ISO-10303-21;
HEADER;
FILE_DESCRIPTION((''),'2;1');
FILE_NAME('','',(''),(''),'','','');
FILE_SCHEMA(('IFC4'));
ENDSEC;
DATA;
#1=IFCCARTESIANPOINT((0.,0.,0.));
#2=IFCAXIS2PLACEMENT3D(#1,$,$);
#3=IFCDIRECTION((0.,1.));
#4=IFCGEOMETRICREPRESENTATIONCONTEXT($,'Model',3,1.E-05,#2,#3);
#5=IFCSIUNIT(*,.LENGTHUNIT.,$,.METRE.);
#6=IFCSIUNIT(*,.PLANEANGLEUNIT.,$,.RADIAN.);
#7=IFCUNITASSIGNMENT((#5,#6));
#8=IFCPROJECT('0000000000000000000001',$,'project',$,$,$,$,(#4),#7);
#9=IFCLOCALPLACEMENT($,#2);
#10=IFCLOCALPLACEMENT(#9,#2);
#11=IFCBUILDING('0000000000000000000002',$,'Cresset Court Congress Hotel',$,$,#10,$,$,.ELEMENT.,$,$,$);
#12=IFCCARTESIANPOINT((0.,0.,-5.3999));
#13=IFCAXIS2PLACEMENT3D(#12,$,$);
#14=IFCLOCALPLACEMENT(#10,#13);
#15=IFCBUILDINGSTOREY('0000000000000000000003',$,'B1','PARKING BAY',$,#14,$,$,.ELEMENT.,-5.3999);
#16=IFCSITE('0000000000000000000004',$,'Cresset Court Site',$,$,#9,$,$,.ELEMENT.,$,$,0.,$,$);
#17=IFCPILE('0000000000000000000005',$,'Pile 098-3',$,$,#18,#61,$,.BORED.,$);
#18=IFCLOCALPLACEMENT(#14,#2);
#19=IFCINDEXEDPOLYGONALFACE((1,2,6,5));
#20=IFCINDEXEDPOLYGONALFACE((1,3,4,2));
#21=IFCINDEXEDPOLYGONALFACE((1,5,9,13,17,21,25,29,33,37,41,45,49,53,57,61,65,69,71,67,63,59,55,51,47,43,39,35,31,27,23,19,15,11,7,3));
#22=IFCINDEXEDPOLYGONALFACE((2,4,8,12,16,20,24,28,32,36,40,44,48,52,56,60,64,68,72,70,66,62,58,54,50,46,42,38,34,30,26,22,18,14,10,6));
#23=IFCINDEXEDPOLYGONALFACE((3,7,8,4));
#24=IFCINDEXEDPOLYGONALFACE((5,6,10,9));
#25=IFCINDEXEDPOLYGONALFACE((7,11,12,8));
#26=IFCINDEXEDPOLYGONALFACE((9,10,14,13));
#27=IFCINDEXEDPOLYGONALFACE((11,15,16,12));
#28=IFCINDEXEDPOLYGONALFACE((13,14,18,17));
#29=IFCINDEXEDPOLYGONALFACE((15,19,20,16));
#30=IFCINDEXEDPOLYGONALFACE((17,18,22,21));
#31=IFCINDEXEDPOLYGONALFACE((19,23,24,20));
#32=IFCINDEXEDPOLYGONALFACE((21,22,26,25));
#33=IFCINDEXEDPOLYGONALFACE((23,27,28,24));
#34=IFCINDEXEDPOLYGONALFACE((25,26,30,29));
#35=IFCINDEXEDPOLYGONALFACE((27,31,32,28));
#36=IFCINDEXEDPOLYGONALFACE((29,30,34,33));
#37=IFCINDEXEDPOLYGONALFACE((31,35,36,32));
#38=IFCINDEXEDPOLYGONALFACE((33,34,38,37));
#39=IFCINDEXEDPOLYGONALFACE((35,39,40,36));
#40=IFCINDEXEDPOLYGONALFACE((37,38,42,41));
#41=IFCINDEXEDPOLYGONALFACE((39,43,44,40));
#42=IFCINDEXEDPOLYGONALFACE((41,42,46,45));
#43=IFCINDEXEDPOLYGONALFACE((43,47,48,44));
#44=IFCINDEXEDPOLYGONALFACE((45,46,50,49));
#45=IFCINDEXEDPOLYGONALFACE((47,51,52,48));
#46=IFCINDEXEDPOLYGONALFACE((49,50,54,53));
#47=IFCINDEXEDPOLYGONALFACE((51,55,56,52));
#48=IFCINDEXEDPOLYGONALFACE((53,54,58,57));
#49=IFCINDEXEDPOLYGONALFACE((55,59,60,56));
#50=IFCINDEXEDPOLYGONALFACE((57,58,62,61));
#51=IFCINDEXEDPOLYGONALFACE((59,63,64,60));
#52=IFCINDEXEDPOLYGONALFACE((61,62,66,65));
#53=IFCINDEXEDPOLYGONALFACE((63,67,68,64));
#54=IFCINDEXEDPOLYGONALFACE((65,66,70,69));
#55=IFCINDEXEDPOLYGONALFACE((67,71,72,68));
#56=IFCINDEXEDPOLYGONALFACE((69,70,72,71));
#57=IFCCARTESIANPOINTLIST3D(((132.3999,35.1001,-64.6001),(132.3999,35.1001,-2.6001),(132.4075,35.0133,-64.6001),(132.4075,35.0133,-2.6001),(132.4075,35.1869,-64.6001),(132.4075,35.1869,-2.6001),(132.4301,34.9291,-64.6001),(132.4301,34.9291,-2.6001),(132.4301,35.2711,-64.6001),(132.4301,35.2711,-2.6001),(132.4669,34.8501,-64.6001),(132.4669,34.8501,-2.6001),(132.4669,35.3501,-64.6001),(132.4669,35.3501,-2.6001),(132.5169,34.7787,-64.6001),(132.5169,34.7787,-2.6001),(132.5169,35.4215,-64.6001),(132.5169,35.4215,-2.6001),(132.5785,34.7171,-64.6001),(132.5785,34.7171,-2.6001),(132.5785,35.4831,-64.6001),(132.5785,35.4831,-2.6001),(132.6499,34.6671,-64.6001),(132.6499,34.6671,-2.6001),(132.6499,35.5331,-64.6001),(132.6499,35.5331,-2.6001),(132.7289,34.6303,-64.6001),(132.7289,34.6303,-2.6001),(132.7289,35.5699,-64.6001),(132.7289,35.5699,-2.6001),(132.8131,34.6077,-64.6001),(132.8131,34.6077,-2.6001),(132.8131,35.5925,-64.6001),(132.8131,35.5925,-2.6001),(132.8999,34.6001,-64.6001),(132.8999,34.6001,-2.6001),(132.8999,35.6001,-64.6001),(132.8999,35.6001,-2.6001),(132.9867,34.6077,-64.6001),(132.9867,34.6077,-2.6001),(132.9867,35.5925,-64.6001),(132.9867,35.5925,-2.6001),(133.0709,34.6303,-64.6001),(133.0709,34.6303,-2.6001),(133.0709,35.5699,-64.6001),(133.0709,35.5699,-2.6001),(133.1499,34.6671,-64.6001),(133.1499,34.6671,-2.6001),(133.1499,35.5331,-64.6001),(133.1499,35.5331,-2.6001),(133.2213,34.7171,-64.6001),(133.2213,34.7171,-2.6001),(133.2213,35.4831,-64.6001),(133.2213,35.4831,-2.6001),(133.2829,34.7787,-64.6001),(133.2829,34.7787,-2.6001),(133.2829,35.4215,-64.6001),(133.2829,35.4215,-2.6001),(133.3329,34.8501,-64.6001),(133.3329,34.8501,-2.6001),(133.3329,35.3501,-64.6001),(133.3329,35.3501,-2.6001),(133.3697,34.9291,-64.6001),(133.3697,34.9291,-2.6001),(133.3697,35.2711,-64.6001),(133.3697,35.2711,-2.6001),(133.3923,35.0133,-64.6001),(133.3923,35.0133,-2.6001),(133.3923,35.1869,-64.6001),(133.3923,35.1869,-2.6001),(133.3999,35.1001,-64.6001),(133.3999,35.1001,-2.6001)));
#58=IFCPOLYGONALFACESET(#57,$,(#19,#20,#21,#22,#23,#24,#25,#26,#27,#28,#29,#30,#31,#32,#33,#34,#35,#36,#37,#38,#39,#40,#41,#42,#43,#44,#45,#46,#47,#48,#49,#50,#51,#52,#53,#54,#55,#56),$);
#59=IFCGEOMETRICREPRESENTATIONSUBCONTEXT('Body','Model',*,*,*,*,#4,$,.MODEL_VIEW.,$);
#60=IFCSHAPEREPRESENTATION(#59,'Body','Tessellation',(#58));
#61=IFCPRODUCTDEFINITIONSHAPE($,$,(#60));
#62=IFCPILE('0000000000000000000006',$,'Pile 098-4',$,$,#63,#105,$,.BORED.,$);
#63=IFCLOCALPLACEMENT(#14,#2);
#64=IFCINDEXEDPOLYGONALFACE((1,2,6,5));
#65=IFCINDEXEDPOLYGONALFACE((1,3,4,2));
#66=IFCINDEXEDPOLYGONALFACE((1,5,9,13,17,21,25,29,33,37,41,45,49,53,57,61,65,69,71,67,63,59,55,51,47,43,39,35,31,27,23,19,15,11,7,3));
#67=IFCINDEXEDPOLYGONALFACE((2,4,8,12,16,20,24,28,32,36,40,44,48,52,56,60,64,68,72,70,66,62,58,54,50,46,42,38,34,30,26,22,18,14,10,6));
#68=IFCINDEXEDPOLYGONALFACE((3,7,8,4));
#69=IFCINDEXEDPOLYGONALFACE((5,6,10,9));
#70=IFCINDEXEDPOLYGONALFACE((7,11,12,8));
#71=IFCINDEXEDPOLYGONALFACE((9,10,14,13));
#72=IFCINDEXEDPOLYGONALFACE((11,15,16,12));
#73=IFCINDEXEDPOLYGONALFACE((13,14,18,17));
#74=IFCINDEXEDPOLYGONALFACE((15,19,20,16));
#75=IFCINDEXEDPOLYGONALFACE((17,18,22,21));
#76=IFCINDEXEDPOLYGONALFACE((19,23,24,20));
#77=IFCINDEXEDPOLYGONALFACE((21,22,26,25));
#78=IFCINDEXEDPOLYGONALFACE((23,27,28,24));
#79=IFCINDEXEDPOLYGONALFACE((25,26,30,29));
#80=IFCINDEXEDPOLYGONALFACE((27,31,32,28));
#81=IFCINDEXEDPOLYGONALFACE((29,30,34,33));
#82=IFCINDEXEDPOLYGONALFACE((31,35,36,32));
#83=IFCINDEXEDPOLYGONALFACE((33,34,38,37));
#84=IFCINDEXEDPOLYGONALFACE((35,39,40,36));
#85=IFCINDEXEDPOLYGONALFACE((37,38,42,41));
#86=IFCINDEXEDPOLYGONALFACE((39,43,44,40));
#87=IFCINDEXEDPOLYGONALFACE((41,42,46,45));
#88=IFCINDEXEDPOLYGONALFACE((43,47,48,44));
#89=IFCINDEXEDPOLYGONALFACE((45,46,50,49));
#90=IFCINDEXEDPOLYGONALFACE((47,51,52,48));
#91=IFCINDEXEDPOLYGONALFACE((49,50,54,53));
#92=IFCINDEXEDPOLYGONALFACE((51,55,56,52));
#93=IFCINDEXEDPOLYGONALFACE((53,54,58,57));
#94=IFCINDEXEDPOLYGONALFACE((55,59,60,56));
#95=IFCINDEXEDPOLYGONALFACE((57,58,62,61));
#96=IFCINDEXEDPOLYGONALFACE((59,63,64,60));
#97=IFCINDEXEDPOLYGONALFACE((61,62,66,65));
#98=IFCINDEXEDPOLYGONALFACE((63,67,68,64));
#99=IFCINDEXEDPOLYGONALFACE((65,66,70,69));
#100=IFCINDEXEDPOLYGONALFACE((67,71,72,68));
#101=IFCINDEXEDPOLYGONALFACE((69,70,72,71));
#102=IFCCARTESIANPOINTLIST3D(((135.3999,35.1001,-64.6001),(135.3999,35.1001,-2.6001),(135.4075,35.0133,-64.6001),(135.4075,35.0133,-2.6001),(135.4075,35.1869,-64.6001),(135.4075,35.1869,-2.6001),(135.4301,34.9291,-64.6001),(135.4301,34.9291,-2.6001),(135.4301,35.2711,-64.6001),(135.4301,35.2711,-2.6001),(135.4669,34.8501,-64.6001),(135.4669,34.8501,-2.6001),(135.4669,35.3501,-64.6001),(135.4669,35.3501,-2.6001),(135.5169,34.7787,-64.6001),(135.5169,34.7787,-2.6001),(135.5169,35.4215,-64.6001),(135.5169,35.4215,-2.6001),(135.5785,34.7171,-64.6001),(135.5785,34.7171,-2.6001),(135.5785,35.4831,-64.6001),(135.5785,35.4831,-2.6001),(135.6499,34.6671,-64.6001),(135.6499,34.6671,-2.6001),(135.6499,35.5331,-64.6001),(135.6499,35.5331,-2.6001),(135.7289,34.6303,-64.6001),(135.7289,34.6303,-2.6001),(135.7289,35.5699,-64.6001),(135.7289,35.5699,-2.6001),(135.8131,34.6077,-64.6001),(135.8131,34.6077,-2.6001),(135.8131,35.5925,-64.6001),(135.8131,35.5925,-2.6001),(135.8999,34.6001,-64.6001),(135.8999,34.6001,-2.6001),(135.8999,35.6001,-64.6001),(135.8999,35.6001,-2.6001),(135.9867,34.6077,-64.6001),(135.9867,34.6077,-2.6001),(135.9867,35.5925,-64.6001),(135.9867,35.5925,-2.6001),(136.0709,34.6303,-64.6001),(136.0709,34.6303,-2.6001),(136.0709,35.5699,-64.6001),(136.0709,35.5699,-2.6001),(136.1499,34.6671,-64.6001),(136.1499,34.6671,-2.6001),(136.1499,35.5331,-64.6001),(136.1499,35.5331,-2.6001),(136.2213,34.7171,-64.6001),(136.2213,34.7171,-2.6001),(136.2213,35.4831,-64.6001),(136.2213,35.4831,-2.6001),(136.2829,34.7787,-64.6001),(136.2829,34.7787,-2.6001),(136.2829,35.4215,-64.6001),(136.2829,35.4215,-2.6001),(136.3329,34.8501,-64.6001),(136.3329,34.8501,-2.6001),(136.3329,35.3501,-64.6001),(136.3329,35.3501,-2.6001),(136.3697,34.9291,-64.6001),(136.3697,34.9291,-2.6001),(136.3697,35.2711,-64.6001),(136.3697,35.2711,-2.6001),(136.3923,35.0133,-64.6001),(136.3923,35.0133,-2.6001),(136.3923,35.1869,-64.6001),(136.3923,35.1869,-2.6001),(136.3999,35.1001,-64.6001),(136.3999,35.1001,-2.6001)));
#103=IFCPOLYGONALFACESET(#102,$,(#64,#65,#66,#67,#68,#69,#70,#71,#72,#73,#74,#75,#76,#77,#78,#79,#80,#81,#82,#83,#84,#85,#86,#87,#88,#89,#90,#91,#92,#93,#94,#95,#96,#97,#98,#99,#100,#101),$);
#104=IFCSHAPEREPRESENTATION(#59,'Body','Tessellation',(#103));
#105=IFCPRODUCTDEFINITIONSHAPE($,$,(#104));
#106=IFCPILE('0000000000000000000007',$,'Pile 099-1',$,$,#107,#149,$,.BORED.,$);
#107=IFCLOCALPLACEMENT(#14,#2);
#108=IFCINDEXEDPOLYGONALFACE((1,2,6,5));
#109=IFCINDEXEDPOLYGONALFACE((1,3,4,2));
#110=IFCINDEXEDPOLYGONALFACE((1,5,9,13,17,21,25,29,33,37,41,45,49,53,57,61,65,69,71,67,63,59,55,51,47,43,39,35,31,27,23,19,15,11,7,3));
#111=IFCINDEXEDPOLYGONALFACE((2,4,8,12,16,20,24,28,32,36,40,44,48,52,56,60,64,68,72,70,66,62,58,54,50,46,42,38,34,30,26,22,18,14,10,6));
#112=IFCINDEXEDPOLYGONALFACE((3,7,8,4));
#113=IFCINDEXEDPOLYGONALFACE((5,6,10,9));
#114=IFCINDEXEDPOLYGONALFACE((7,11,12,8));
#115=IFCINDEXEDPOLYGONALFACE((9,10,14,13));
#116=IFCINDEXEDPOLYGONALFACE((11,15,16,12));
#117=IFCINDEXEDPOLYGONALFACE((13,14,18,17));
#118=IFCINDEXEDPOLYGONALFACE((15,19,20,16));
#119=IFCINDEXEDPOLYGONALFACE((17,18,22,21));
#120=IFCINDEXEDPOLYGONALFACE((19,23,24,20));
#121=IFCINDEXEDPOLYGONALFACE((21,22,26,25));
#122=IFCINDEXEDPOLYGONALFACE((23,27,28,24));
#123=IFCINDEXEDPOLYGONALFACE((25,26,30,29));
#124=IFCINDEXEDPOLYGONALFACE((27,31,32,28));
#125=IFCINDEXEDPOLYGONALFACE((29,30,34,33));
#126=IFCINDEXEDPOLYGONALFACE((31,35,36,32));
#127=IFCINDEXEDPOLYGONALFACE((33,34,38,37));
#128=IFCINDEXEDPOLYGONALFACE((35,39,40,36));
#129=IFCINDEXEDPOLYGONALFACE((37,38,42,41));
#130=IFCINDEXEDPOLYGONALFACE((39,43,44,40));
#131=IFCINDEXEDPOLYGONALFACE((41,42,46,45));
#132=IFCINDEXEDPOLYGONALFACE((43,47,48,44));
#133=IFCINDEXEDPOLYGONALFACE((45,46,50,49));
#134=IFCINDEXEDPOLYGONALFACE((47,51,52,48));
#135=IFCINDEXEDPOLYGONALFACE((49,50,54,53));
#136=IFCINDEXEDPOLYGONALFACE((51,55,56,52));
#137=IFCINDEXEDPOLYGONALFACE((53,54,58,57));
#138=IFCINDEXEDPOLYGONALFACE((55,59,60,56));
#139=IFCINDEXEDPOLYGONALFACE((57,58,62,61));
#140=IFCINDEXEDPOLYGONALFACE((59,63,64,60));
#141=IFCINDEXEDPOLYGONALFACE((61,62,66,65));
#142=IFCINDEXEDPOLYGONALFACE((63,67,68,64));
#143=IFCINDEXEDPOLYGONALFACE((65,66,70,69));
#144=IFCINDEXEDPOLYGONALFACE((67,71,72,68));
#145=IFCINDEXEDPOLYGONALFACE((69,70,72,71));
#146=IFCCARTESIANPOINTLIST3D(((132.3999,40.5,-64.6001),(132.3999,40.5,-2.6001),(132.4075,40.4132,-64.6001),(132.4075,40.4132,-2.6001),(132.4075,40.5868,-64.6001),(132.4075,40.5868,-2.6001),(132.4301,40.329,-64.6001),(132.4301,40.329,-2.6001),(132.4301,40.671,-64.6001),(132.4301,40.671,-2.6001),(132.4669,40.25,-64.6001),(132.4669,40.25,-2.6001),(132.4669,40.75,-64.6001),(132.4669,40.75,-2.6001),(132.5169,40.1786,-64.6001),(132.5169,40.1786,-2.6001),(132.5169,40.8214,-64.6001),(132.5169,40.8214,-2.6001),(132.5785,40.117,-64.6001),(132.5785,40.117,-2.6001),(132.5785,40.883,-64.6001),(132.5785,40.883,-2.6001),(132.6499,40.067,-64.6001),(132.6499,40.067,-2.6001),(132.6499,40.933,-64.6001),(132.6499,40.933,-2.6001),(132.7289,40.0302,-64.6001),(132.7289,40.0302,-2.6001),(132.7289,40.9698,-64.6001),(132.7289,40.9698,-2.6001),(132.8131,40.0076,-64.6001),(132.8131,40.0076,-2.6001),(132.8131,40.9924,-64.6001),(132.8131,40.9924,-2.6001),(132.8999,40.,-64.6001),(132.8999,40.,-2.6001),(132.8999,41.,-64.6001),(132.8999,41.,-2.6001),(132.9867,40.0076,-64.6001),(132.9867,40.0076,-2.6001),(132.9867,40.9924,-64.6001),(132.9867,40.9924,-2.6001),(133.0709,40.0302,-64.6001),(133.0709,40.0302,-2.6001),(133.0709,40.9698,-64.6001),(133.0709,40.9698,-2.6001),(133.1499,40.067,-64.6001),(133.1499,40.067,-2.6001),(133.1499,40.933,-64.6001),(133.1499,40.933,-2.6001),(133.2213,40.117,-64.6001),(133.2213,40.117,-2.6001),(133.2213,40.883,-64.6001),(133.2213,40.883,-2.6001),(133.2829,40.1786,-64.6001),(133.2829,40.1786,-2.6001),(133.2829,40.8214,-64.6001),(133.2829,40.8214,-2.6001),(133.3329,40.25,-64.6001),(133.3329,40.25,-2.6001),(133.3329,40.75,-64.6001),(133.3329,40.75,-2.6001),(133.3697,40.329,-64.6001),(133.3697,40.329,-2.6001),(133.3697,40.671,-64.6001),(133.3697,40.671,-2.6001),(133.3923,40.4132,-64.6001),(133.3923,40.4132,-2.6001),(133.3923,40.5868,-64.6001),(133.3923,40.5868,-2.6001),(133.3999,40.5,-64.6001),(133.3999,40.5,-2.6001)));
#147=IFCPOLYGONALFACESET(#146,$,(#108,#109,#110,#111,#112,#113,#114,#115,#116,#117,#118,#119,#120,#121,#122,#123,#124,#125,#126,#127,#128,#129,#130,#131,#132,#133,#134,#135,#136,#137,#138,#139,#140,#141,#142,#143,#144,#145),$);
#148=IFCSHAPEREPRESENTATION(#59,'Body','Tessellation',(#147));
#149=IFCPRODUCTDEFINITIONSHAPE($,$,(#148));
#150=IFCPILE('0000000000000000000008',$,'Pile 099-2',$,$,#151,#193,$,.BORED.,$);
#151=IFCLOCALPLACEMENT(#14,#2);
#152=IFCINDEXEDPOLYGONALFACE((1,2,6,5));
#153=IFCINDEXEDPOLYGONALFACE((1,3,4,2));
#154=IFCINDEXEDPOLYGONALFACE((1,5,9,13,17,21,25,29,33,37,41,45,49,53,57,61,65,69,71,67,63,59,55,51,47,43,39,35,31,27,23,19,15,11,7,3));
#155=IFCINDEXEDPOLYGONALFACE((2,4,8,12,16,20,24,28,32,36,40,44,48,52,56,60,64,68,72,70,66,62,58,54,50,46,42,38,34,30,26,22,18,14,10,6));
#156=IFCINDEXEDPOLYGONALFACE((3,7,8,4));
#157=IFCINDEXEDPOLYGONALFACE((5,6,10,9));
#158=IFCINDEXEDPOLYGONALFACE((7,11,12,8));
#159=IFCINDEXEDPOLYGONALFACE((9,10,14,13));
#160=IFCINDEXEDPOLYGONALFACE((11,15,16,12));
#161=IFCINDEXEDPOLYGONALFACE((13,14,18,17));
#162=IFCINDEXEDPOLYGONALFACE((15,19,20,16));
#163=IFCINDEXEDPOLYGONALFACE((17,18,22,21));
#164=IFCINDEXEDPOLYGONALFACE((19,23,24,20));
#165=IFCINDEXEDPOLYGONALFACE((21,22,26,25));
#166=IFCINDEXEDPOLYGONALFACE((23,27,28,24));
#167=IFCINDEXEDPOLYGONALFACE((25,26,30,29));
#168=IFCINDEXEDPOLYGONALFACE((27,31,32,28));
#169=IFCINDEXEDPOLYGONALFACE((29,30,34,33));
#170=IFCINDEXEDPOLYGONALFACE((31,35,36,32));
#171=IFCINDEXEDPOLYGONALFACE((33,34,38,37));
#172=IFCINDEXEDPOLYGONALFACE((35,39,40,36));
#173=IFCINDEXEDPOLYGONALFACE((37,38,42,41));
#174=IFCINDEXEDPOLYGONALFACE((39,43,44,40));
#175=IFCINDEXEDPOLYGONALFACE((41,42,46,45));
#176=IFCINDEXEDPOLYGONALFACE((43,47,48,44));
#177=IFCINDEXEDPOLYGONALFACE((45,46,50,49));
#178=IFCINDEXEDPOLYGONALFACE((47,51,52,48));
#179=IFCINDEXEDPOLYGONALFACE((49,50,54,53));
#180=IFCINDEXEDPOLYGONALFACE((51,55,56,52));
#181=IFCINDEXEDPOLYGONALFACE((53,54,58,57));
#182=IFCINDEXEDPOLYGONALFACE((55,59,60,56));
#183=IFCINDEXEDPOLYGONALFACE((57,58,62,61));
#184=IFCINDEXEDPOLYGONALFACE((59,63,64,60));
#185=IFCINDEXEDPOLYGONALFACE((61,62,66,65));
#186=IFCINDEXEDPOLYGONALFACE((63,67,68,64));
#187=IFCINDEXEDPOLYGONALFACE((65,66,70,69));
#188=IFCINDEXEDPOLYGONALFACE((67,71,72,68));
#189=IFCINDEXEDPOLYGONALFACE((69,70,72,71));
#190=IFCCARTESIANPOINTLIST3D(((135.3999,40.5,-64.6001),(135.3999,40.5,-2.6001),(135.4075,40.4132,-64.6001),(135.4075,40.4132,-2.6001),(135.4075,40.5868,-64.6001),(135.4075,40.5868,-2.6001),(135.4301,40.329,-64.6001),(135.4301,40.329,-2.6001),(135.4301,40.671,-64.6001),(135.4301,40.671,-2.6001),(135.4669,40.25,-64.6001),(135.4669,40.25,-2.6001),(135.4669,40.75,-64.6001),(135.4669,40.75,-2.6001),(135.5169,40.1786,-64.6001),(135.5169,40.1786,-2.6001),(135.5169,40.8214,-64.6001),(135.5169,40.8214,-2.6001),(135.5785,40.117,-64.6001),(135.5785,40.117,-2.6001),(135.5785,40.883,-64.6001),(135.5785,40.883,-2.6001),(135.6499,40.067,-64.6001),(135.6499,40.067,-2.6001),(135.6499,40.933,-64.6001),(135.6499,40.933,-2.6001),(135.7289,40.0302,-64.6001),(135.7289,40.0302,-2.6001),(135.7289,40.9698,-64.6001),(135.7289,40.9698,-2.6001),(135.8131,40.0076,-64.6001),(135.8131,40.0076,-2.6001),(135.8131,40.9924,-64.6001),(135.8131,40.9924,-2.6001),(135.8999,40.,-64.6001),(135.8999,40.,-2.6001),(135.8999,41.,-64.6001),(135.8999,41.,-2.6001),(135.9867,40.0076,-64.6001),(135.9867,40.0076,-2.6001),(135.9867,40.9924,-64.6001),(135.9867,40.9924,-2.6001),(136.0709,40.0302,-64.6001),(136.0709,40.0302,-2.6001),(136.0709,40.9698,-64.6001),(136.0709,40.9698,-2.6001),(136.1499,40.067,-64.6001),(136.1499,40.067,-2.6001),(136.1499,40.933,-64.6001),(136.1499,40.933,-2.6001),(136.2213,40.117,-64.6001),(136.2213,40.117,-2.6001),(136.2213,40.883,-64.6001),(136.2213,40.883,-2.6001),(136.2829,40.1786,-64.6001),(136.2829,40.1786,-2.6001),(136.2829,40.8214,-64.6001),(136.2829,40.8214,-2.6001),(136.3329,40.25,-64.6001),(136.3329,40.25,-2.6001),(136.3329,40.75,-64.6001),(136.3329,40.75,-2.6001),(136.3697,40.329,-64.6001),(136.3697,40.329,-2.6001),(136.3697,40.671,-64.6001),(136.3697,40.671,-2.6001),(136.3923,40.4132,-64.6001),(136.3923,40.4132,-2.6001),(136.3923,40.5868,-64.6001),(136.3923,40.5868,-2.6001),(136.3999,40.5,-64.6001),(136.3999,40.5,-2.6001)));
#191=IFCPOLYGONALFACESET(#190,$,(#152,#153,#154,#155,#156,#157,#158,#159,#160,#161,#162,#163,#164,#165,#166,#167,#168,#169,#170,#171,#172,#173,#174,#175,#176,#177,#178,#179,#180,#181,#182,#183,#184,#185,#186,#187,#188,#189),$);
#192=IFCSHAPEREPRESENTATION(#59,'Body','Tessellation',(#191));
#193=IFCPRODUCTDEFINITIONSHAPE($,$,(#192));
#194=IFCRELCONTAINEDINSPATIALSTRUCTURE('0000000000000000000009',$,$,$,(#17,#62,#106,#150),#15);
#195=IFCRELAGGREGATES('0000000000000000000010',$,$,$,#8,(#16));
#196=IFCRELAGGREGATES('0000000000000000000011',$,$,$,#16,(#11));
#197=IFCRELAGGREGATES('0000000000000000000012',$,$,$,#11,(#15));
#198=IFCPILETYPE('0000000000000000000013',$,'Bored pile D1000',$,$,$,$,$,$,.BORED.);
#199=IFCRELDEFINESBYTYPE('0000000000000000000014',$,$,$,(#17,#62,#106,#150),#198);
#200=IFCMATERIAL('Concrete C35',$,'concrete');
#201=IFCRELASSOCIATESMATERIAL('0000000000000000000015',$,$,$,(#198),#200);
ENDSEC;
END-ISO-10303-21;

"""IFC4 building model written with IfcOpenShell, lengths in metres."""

from ifc_helpers import new_model, si_unit, direction, frame, origin, origin_2d, place, context, subcontext, project, spatial, circle, extrude, material, type_object, element, save


model = new_model("IFC4")

# Units and contexts
model_context = context("Model", 3, precision=1e-05, world=origin(), true_north=direction((0.0, 1.0)))
body_context = subcontext(model_context, "Body", "Model", "MODEL_VIEW")
ifc_project = project(units=[si_unit("LENGTHUNIT", "METRE"), si_unit("PLANEANGLEUNIT", "RADIAN")], contexts=[model_context])

# Site, building, storey
site_placement = place(None, origin())
site = spatial("IfcSite", under=ifc_project, at=site_placement, Name="Cresset Court Site", CompositionType="ELEMENT", RefElevation=0.0)
building_placement = place(site_placement, origin())
building = spatial("IfcBuilding", under=site, at=building_placement, Name="Cresset Court Congress Hotel", CompositionType="ELEMENT")
storey_placement = place(building_placement, frame((0.0, 0.0, -5.3999)))
storey = spatial("IfcBuildingStorey", under=building, at=storey_placement, Name="B1", Description="PARKING BAY", CompositionType="ELEMENT", Elevation=-5.3999)

# Piles
ifc_material_1 = material(Name="Concrete C35", Category="concrete")
pile_type = type_object("IfcPileType", Name="Bored pile D1000", PredefinedType="BORED", material=ifc_material_1)
for number, where, z_axis, x_axis, name in (
    (1, (132.8999, 35.1001, -2.6001), (0.0, 0.0, -1.0), (1.0, 0.0, 0.0), "Pile 098-3"),
    (2, (135.8999, 35.1001, -2.6001), (0.0, 0.0, -1.0), (1.0, 0.0, 0.0), "Pile 098-4"),
    (3, (132.8999, 40.5, -2.6001), (0.0, 0.0, -1.0), (1.0, 0.0, 0.0), "Pile 099-1"),
    (4, (135.8999, 40.5, -2.6001), (0.0, 0.0, -1.0), (1.0, 0.0, 0.0), "Pile 099-2"),
):
    element("IfcPile", number, at=place(storey_placement, frame(where, z_axis=z_axis, x_axis=x_axis)), inside=storey, type_object=pile_type, Name=name, PredefinedType="BORED", context=body_context, shape_type="SweptSolid", body=[
        extrude(circle(Radius=0.5, at=origin_2d()), origin(), (0.0, 0.0, 1.0), 62.0),
    ])

save(model, "model.ifc")
